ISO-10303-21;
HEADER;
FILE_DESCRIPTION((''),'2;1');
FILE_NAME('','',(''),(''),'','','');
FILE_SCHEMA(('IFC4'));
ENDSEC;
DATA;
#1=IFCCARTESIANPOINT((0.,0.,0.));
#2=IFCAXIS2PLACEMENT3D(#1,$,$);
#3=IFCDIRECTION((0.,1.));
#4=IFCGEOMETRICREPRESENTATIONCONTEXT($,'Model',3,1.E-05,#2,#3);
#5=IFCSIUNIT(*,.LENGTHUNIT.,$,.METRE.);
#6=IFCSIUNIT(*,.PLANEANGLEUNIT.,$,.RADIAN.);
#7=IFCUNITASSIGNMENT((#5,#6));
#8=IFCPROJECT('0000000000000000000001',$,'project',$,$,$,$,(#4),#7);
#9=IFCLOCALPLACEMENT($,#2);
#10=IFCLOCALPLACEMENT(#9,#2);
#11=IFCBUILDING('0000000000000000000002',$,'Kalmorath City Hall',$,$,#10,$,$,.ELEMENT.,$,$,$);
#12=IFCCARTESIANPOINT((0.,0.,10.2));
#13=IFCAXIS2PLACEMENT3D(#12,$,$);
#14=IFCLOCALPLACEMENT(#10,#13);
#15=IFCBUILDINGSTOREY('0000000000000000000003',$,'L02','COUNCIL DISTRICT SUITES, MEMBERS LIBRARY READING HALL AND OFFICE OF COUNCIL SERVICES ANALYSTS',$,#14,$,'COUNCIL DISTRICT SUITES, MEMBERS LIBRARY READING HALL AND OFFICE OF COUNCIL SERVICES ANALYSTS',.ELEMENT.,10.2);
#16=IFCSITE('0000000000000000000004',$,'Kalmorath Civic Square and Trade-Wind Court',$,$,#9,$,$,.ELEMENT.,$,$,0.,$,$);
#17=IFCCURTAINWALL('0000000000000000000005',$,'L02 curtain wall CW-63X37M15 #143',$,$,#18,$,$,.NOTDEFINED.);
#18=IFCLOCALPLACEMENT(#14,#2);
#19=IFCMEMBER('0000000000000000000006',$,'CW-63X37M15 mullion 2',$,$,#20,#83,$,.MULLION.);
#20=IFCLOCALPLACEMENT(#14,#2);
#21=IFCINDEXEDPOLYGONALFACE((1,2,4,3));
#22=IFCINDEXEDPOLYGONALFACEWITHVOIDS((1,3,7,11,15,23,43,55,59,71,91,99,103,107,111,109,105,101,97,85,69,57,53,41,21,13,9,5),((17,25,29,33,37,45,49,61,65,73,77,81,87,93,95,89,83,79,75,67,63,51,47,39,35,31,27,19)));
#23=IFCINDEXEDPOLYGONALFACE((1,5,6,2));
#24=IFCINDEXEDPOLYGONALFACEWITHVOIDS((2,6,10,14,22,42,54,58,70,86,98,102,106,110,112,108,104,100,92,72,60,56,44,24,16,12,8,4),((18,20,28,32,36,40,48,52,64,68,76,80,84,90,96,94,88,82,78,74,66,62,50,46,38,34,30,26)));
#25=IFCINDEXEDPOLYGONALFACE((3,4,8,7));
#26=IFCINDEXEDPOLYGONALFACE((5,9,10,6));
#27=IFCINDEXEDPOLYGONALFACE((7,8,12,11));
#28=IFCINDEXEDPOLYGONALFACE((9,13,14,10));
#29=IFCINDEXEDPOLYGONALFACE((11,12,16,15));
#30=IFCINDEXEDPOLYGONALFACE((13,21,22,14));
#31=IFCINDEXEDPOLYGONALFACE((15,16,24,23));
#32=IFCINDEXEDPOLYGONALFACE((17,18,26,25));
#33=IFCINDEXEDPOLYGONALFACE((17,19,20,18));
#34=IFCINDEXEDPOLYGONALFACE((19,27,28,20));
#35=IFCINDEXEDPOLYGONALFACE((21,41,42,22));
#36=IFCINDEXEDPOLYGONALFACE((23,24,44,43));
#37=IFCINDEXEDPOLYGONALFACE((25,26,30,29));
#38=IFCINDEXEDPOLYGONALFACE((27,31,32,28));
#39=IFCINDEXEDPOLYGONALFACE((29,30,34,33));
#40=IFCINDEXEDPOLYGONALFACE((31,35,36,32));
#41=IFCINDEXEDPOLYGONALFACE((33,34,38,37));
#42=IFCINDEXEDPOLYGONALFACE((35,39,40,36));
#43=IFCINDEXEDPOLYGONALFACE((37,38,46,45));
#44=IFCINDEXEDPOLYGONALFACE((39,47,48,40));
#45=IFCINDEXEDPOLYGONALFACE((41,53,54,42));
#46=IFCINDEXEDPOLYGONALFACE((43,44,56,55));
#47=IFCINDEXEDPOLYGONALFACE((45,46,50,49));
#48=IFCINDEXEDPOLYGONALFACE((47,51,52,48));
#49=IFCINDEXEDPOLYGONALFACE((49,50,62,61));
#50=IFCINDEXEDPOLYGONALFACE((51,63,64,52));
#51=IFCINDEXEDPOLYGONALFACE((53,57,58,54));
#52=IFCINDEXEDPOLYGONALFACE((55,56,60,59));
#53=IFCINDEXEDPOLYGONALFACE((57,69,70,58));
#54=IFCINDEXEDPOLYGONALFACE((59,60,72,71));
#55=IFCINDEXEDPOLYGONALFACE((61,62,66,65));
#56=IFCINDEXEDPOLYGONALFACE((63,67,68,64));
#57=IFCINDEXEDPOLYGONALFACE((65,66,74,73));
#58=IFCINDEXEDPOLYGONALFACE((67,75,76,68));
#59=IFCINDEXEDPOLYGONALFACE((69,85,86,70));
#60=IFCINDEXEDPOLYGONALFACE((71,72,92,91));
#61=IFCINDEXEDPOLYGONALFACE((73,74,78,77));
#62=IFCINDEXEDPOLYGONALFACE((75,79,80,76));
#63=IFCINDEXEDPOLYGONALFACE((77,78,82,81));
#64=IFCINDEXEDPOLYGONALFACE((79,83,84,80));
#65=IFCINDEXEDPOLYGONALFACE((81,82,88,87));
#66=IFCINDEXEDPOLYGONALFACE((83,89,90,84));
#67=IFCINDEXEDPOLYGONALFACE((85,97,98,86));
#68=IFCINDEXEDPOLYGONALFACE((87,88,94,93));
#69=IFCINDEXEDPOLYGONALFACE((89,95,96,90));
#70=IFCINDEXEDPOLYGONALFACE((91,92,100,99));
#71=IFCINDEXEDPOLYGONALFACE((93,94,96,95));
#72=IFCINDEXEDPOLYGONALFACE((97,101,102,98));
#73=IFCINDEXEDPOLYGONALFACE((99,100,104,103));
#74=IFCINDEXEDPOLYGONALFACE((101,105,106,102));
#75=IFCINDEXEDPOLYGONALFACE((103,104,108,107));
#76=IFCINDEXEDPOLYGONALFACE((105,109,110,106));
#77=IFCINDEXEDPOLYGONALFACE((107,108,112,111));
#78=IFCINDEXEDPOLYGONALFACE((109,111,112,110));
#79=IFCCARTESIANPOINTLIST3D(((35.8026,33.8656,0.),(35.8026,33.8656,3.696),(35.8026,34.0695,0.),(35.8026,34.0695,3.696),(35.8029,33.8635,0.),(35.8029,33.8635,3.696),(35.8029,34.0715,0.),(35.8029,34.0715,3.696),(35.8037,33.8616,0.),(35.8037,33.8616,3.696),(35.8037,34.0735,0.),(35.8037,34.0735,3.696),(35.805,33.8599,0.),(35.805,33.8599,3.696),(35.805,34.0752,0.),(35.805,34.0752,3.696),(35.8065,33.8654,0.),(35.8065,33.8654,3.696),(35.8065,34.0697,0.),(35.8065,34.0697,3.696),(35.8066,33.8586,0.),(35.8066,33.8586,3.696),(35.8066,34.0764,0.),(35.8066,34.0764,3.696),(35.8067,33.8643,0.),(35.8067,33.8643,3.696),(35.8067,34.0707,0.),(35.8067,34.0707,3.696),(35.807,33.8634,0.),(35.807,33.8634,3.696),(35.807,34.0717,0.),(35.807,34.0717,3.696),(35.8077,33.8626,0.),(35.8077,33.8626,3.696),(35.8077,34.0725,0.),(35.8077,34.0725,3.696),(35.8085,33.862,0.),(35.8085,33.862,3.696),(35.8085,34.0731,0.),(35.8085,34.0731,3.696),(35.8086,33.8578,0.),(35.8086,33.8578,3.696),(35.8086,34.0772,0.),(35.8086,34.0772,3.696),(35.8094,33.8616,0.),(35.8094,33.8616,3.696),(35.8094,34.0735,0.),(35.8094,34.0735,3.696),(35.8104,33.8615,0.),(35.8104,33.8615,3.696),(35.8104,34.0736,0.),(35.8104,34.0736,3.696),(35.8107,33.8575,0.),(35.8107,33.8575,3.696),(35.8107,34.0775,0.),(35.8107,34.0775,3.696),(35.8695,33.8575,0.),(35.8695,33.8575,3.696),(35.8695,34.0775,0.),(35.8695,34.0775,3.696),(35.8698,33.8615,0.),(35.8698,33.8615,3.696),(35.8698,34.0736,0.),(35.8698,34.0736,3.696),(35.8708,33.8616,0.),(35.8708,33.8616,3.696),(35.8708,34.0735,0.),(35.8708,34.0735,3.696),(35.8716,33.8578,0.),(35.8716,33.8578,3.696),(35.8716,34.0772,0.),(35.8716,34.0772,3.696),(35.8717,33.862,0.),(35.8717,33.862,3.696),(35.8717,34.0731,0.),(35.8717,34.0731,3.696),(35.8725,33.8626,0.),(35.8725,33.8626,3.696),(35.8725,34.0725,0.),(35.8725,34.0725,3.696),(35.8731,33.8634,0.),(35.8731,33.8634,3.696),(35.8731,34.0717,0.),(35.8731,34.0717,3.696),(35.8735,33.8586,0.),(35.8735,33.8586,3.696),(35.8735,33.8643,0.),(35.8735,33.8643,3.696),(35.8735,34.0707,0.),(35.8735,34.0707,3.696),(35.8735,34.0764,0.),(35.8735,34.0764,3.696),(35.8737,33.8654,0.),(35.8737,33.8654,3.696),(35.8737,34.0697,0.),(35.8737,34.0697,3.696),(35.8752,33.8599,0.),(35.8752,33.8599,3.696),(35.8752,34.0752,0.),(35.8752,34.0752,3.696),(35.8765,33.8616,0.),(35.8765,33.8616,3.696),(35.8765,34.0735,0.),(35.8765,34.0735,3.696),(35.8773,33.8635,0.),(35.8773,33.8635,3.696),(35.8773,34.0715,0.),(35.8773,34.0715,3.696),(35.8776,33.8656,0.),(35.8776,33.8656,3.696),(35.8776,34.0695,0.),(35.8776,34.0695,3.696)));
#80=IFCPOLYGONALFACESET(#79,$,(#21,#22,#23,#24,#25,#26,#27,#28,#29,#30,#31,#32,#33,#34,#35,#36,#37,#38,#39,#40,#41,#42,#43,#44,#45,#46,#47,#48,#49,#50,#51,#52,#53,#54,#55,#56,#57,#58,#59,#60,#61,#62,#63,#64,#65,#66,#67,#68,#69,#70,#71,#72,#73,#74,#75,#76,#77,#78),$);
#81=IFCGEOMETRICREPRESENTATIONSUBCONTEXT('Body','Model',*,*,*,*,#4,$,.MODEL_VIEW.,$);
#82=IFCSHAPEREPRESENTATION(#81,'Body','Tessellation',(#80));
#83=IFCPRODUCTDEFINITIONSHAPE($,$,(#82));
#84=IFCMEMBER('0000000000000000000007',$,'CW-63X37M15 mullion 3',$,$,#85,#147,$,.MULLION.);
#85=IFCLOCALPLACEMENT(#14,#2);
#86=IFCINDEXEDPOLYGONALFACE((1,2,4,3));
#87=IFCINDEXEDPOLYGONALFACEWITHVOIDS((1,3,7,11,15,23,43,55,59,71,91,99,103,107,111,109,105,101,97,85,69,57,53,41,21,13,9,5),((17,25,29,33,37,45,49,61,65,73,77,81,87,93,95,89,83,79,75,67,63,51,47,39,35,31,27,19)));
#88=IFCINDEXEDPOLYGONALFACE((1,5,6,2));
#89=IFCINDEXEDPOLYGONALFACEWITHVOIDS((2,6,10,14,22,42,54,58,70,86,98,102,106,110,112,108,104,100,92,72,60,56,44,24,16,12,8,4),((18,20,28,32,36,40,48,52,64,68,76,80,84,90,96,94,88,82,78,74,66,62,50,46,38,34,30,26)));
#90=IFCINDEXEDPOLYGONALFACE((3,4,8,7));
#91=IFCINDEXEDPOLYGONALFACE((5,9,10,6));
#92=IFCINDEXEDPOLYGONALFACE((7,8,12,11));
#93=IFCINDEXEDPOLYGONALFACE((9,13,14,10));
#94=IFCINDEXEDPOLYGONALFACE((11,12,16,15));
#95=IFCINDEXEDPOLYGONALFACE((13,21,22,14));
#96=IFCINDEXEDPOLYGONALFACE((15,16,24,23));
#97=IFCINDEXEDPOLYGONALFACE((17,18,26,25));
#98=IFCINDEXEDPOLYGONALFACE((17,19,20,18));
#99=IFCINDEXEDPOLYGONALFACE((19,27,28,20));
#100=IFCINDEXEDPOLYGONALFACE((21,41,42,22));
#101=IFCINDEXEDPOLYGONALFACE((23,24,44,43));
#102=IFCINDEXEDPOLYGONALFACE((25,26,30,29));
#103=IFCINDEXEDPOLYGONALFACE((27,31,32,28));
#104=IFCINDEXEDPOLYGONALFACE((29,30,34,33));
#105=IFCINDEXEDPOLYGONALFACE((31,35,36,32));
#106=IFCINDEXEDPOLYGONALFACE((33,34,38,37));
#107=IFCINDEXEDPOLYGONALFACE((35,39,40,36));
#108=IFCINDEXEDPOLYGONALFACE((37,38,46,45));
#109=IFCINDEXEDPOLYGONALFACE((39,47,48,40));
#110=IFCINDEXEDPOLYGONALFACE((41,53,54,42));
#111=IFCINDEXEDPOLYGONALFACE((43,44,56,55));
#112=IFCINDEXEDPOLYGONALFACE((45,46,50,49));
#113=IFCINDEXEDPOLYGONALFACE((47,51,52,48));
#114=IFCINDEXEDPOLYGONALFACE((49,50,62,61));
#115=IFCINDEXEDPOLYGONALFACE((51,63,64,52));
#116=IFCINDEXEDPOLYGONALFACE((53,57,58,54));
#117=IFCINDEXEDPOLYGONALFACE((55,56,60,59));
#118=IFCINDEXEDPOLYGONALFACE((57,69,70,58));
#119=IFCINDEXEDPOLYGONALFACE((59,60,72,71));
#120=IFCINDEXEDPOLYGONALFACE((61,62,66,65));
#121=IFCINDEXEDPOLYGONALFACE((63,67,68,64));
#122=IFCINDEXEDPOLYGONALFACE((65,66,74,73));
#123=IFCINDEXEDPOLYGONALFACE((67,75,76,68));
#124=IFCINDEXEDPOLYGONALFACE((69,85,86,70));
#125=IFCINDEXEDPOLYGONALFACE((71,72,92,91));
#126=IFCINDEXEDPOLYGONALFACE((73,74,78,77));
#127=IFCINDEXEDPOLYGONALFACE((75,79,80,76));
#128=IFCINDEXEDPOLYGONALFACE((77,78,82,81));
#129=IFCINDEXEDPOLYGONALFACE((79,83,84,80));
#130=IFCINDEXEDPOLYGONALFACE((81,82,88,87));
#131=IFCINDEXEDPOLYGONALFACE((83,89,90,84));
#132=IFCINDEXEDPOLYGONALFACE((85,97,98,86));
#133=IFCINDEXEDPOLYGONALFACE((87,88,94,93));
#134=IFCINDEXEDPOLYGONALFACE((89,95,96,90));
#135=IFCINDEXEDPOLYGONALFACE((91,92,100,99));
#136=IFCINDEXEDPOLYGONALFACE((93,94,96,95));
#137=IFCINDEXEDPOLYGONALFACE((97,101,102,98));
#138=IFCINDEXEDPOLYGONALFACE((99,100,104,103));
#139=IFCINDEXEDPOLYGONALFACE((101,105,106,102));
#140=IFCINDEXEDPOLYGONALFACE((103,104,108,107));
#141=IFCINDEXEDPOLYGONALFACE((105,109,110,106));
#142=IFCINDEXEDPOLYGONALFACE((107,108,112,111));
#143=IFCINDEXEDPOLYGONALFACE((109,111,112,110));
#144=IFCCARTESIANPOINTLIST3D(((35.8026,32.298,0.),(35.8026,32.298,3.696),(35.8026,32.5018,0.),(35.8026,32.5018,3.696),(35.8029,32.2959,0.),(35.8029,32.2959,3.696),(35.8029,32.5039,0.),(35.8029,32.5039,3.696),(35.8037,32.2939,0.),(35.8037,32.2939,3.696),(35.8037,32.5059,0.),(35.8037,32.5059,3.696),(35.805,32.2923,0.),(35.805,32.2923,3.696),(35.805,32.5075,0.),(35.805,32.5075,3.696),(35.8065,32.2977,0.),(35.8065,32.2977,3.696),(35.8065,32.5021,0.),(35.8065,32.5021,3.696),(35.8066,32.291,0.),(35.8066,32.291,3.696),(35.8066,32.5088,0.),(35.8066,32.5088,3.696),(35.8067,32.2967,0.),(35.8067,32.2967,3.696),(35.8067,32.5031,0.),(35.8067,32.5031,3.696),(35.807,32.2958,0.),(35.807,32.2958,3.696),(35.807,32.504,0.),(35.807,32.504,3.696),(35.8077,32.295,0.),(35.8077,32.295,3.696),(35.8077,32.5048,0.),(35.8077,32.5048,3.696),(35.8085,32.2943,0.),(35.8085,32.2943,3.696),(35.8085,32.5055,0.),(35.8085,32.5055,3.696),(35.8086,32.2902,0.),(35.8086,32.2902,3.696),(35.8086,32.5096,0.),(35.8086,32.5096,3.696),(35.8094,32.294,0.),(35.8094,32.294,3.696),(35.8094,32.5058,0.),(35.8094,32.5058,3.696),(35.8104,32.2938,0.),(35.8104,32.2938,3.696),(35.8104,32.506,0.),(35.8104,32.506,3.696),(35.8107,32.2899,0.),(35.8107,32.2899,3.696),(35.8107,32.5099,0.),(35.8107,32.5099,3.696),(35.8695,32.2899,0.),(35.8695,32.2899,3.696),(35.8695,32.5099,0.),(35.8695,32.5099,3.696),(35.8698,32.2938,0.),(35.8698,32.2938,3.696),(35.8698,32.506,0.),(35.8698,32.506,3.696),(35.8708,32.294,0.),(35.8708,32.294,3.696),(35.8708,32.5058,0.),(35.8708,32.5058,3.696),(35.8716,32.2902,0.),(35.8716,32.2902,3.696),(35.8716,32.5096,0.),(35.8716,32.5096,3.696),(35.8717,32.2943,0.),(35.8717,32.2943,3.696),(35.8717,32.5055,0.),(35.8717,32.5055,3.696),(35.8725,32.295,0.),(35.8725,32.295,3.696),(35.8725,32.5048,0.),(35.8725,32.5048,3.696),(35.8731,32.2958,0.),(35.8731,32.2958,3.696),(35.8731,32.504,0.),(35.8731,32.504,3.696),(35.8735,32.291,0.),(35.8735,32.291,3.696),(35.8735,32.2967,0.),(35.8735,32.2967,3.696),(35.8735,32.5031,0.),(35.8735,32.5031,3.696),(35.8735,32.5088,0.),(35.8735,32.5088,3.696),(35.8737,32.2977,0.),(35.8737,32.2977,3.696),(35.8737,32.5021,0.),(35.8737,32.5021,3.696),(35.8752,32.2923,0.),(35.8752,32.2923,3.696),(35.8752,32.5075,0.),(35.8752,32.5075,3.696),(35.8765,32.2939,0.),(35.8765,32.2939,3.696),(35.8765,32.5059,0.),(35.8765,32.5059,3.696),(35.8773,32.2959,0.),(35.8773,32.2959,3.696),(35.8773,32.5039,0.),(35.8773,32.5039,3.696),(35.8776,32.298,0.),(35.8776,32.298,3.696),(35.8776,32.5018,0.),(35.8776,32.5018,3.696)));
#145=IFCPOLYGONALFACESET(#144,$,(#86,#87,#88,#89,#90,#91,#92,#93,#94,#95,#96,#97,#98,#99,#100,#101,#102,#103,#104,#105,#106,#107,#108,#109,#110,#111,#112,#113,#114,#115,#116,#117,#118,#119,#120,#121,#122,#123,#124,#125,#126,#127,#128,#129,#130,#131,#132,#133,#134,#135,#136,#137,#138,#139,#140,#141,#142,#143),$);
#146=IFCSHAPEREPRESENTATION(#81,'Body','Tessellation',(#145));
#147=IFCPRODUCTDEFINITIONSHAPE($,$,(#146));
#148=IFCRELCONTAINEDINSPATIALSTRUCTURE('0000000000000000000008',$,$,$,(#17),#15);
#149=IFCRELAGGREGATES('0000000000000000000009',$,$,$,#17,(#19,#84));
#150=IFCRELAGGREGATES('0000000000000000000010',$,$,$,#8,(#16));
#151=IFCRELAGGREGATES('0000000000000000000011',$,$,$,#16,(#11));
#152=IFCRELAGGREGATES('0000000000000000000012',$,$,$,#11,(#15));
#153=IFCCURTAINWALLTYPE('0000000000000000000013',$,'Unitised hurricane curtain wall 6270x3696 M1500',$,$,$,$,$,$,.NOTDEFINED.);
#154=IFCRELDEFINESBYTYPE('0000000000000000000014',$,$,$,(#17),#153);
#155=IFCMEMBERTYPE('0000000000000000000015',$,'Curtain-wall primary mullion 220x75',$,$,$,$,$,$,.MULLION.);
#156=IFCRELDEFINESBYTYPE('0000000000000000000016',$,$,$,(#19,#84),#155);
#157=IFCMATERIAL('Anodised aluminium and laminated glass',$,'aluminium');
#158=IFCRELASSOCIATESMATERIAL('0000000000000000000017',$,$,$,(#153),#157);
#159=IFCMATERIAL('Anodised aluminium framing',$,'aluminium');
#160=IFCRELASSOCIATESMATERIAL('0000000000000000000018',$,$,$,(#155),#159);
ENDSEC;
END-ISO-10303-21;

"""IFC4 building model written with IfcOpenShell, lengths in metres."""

from ifc_helpers import new_model, si_unit, direction, frame, origin, origin_2d, place, context, subcontext, project, spatial, hollow_rectangle, extrude, material, material_profile, profile_set, type_object, element, aggregate, save


model = new_model("IFC4")

# Units and contexts
model_context = context("Model", 3, precision=1e-05, world=origin(), true_north=direction((0.0, 1.0)))
body_context = subcontext(model_context, "Body", "Model", "MODEL_VIEW")
ifc_project = project(units=[si_unit("LENGTHUNIT", "METRE"), si_unit("PLANEANGLEUNIT", "RADIAN")], contexts=[model_context])

# Site, building, storey
site_placement = place(None, origin())
site = spatial("IfcSite", under=ifc_project, at=site_placement, Name="Kalmorath Civic Square and Trade-Wind Court", CompositionType="ELEMENT", RefElevation=0.0)
building_placement = place(site_placement, origin())
building = spatial("IfcBuilding", under=site, at=building_placement, Name="Kalmorath City Hall", CompositionType="ELEMENT")
storey_placement = place(building_placement, frame((0.0, 0.0, 10.2)))
storey = spatial("IfcBuildingStorey", under=building, at=storey_placement, Name="L02", Description="COUNCIL DISTRICT SUITES, MEMBERS LIBRARY READING HALL AND OFFICE OF COUNCIL SERVICES ANALYSTS", LongName="COUNCIL DISTRICT SUITES, MEMBERS LIBRARY READING HALL AND OFFICE OF COUNCIL SERVICES ANALYSTS", CompositionType="ELEMENT", Elevation=10.2)

# Curtain wall, members
ifc_material_1 = material(Name="Anodised aluminium and laminated glass", Category="aluminium")
curtain_wall_type = type_object("IfcCurtainWallType", Name="Unitised hurricane curtain wall 6270x3696 M1500", PredefinedType="NOTDEFINED", material=ifc_material_1)
curtain_wall_placement = place(storey_placement, origin())
curtain_wall = element("IfcCurtainWall", 1, at=curtain_wall_placement, inside=storey, type_object=curtain_wall_type, Name="L02 curtain wall CW-63X37M15 #143", PredefinedType="NOTDEFINED")
ifc_material_2 = material(Name="Anodised aluminium framing", Category="aluminium")
ifc_material_profile_1 = material_profile(ifc_material_2, hollow_rectangle(XDim=0.075, YDim=0.22, WallThickness=0.0039, InnerFilletRadius=0.0039, OuterFilletRadius=0.0081, at=origin_2d()), Name="ALU-MUL-220X75X4")
ifc_profile_set_1 = profile_set([ifc_material_profile_1], Name="Anodised aluminium framing")
member_type_1 = type_object("IfcMemberType", Name="Curtain-wall primary mullion 220x75", PredefinedType="MULLION", material=ifc_profile_set_1)
member_1_placement = place(storey_placement, frame((35.8401, 33.9675, 0.0), z_axis=(0.0, 0.0, 1.0), x_axis=(1.0, 0.0, 0.0)))
member_1 = element("IfcMember", 2, at=member_1_placement, type_object=member_type_1, Name="CW-63X37M15 mullion 2", PredefinedType="MULLION", context=body_context, shape_type="SweptSolid", body=[
    extrude(hollow_rectangle(XDim=0.075, YDim=0.22, WallThickness=0.0039, InnerFilletRadius=0.0039, OuterFilletRadius=0.0081, at=origin_2d()), origin(), (0.0, 0.0, 1.0), 3.696),
])
member_2_placement = place(storey_placement, frame((35.8401, 32.3999, 0.0), z_axis=(0.0, 0.0, 1.0), x_axis=(1.0, 0.0, 0.0)))
member_2 = element("IfcMember", 3, at=member_2_placement, type_object=member_type_1, Name="CW-63X37M15 mullion 3", PredefinedType="MULLION", context=body_context, shape_type="SweptSolid", body=[
    extrude(hollow_rectangle(XDim=0.075, YDim=0.22, WallThickness=0.0039, InnerFilletRadius=0.0039, OuterFilletRadius=0.0081, at=origin_2d()), origin(), (0.0, 0.0, 1.0), 3.696),
])

aggregate(curtain_wall, [member_1, member_2])

save(model, "model.ifc")
